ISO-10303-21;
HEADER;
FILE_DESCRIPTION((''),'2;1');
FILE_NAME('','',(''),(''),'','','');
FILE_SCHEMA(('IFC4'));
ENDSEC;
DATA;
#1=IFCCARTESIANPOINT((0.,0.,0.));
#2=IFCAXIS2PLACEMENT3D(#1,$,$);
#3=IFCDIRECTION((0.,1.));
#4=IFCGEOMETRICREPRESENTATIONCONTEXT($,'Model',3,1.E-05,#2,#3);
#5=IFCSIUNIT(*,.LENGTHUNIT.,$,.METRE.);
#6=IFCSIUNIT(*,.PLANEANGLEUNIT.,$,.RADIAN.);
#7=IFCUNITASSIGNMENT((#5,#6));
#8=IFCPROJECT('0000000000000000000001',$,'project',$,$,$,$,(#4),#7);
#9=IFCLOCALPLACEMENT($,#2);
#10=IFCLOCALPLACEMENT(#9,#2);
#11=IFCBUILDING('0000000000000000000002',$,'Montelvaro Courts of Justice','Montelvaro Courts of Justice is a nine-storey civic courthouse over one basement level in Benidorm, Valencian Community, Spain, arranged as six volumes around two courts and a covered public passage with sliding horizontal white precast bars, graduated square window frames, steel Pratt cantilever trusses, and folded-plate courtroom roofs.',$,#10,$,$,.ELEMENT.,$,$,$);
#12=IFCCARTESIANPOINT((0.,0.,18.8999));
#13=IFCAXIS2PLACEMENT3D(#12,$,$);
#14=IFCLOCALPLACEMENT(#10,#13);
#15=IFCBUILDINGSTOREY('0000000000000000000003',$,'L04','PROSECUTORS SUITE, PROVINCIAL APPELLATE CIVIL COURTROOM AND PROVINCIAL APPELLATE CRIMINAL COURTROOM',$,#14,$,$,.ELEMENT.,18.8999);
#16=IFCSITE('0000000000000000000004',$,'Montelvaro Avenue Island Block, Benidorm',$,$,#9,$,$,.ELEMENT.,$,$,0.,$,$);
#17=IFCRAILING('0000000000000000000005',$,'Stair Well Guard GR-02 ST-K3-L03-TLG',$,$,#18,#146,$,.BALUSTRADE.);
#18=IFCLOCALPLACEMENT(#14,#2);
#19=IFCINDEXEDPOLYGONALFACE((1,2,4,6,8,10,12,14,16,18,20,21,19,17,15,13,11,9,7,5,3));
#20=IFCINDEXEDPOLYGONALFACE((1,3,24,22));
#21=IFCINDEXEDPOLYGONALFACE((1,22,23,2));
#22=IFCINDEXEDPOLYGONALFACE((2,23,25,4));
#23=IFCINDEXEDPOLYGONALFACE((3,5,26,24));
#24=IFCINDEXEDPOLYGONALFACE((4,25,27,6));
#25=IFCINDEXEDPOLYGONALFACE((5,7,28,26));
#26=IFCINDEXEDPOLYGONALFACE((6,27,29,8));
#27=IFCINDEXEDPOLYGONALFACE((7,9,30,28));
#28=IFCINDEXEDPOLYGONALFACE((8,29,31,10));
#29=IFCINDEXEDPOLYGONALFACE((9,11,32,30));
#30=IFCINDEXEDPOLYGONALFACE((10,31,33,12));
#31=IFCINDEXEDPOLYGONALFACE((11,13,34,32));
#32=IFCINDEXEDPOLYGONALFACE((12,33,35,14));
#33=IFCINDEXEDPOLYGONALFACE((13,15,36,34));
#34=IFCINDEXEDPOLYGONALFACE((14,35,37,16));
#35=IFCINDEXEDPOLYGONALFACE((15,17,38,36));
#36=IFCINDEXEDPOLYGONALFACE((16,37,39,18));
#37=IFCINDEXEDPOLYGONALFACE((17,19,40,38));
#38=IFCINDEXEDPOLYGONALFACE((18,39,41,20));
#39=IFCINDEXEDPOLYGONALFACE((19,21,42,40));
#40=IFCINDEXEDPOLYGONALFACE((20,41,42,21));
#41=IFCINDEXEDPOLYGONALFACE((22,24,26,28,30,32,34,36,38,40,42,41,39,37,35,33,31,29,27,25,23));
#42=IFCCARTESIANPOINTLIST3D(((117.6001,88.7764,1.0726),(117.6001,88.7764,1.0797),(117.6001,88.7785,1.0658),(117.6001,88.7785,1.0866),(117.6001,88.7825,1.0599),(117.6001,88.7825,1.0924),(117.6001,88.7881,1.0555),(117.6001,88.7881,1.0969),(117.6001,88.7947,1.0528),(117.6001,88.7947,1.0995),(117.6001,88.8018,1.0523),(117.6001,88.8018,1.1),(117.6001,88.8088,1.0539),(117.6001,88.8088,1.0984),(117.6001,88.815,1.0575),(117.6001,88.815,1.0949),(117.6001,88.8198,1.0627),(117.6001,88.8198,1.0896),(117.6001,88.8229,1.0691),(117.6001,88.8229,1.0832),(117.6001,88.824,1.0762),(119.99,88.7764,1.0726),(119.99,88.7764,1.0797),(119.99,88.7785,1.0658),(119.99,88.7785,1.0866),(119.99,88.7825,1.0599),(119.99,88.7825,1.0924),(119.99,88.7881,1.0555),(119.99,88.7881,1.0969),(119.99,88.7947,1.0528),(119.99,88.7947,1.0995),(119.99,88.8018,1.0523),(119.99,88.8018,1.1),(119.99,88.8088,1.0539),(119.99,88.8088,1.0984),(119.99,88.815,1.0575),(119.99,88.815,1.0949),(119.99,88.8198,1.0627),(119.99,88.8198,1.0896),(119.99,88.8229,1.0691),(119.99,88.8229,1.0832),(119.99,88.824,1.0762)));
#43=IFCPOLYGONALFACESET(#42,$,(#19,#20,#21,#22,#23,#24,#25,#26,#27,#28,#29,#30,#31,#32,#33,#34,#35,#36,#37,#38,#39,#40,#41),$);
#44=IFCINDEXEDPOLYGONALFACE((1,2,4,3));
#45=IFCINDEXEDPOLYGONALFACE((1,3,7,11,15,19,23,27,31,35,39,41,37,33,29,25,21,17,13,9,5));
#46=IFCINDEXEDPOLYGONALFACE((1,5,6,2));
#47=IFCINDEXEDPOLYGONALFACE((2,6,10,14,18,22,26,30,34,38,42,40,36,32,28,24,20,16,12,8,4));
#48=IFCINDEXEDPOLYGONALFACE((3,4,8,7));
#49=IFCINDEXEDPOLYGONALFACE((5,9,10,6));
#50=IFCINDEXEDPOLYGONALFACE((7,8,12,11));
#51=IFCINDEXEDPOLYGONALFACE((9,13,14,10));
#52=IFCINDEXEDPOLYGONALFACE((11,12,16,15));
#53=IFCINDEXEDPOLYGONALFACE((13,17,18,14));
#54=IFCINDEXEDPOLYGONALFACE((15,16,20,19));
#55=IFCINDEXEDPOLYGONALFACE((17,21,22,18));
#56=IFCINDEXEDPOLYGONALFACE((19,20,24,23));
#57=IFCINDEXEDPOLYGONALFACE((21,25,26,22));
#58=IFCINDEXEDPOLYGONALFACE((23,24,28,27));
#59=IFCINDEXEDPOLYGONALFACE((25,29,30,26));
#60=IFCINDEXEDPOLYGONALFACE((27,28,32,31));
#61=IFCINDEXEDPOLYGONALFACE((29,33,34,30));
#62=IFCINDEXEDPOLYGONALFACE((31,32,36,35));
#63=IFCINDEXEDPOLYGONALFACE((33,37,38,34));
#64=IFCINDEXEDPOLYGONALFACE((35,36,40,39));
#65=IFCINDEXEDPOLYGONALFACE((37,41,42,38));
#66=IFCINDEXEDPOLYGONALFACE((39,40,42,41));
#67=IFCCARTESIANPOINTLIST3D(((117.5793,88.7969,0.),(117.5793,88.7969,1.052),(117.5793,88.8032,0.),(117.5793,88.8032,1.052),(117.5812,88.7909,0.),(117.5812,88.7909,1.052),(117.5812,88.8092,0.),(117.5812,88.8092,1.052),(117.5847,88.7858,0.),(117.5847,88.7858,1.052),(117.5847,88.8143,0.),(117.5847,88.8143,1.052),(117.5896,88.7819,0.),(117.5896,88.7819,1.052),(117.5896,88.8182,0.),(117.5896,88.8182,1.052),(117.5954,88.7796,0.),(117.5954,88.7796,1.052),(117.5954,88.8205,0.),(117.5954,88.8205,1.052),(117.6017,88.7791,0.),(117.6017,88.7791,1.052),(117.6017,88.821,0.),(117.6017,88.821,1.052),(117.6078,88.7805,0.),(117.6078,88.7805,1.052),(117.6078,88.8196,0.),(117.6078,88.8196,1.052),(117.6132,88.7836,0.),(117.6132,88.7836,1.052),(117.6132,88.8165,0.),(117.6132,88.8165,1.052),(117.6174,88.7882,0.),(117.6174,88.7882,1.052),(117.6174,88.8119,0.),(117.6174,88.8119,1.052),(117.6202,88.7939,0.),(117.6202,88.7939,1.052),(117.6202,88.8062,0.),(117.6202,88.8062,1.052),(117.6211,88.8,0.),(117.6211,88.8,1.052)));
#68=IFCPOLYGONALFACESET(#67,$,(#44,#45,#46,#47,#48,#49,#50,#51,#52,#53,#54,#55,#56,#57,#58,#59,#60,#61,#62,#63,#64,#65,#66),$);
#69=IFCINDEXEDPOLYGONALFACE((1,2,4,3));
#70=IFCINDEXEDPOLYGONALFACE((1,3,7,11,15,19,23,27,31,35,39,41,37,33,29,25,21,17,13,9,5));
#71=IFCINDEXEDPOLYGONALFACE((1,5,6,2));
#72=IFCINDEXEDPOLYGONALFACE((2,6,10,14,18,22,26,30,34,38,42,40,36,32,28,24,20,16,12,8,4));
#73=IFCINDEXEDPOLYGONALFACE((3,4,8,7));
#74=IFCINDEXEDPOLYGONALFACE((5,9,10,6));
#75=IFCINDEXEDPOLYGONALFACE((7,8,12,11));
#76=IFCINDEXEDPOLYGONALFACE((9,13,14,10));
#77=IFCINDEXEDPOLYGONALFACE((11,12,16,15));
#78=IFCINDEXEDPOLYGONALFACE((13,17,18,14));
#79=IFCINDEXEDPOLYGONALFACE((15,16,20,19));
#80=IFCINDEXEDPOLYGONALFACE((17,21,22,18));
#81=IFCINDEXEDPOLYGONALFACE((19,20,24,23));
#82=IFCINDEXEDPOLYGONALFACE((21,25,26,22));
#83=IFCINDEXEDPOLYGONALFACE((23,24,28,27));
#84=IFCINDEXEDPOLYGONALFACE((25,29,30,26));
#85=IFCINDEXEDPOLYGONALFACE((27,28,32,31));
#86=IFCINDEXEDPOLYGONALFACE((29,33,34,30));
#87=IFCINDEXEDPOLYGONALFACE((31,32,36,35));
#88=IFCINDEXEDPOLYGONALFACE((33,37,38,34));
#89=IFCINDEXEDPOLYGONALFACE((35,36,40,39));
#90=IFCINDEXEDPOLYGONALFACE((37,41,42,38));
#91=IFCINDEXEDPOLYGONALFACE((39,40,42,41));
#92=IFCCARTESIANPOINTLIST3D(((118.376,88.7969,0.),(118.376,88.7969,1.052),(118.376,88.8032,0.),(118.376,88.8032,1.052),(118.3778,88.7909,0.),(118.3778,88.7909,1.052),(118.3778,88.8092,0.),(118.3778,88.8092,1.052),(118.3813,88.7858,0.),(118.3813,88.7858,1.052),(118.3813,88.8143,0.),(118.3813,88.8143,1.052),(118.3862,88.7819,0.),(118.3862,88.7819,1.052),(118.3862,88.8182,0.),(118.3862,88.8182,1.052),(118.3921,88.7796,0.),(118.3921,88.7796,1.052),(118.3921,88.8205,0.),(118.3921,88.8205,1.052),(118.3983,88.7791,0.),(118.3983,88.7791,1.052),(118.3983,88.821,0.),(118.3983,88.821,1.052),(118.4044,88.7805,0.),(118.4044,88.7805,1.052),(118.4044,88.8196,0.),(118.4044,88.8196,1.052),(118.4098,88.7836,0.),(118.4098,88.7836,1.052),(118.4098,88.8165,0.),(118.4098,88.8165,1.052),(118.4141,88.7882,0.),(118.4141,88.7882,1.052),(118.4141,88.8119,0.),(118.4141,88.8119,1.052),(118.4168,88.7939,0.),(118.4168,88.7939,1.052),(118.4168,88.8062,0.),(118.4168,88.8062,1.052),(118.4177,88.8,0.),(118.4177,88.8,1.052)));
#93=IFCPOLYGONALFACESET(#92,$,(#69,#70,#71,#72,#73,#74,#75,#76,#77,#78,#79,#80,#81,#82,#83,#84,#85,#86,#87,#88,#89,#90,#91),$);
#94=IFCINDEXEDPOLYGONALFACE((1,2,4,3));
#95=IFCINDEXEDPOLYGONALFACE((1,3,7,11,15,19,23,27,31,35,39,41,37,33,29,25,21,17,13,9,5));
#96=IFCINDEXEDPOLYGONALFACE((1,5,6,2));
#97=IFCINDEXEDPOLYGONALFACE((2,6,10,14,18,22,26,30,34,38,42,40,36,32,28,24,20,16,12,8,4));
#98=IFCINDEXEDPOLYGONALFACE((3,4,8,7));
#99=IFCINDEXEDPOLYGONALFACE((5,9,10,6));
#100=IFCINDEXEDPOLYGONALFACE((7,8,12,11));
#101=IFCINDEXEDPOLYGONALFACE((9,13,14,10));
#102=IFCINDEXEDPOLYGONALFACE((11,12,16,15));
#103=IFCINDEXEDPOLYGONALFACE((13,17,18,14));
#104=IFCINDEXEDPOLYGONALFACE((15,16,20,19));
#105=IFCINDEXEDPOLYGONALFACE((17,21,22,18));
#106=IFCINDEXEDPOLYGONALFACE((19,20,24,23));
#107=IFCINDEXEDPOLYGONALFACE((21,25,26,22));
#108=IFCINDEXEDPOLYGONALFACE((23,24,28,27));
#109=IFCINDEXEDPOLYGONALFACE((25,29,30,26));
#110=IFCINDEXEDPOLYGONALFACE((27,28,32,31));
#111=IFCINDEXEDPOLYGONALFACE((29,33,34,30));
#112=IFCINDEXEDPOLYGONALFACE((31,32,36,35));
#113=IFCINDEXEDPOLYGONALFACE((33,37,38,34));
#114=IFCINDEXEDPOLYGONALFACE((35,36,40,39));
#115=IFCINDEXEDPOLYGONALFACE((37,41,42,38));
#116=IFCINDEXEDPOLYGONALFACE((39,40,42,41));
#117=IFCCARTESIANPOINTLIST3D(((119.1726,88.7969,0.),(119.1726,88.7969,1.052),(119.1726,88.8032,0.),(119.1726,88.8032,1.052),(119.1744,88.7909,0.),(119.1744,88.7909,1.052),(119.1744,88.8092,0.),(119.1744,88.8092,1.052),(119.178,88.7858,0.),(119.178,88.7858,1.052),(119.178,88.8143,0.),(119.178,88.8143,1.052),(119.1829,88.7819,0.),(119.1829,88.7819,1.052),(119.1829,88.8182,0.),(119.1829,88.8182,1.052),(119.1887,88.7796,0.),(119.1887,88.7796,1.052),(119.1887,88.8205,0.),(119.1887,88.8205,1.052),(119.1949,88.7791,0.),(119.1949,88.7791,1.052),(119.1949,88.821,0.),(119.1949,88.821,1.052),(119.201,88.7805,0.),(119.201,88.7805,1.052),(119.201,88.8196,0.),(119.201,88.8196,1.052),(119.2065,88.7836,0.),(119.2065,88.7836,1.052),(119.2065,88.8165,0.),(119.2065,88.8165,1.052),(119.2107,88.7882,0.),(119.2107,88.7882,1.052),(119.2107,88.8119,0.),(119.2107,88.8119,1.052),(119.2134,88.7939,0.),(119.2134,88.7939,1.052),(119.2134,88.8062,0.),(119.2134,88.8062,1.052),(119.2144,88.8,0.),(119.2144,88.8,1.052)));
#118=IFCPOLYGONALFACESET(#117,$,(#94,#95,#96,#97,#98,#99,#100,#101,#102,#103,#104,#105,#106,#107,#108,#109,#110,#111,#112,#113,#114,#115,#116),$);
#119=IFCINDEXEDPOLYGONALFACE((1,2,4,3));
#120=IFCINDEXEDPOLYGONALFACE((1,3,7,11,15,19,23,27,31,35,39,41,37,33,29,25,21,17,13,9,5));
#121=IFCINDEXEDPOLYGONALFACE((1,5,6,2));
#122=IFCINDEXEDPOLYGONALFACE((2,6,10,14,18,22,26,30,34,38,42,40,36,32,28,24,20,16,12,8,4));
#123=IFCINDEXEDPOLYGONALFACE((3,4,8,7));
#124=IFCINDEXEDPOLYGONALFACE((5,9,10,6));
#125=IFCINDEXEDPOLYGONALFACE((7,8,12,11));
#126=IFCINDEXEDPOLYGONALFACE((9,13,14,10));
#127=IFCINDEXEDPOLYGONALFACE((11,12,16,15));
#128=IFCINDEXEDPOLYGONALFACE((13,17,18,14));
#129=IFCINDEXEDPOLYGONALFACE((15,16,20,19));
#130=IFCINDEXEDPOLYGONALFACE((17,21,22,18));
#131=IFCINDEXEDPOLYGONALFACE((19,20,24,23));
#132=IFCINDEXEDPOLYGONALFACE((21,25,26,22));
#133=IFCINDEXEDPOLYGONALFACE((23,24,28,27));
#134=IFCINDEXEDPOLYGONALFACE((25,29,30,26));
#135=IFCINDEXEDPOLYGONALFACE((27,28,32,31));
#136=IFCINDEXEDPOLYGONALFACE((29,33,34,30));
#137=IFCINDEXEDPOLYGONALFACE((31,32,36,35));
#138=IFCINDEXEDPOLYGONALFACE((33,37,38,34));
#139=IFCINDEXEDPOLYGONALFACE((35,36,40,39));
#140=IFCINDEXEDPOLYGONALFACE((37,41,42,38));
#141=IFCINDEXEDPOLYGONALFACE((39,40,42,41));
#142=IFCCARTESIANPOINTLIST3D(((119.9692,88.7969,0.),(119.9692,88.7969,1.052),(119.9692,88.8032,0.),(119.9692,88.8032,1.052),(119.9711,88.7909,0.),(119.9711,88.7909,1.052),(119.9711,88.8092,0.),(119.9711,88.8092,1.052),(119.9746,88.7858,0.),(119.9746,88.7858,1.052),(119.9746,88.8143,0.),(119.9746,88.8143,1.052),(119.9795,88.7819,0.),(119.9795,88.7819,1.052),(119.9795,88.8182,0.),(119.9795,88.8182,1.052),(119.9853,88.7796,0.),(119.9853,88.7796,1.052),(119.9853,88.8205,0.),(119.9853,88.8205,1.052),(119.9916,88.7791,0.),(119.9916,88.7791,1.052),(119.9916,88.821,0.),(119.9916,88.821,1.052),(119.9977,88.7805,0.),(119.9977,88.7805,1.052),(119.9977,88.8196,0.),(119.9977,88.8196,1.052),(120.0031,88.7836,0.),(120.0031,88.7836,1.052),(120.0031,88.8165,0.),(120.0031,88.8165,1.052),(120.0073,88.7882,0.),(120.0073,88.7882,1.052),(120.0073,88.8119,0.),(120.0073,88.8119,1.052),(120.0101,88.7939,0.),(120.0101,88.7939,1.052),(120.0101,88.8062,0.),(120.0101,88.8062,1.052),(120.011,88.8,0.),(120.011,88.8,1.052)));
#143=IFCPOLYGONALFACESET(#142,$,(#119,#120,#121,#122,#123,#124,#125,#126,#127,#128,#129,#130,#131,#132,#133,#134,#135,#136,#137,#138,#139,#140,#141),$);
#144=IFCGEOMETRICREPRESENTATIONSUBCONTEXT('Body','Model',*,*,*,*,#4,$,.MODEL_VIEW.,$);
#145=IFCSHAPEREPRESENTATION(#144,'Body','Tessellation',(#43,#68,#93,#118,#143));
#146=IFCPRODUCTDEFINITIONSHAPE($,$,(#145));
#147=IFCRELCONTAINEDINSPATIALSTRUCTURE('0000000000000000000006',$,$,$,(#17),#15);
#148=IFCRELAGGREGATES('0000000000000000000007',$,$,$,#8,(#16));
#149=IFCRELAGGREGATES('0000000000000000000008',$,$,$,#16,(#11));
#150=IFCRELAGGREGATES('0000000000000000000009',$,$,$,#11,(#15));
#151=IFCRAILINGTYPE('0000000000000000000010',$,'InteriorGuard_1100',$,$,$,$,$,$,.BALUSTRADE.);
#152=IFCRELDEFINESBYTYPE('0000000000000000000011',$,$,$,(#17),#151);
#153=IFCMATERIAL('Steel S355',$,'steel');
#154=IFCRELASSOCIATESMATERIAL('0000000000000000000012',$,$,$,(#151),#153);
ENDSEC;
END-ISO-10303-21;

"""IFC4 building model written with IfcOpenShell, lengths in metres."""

from ifc_helpers import new_model, si_unit, direction, frame, origin, origin_2d, place, context, subcontext, project, spatial, circle, extrude, material, type_object, element, save


model = new_model("IFC4")

# Units and contexts
model_context = context("Model", 3, precision=1e-05, world=origin(), true_north=direction((0.0, 1.0)))
body_context = subcontext(model_context, "Body", "Model", "MODEL_VIEW")
ifc_project = project(units=[si_unit("LENGTHUNIT", "METRE"), si_unit("PLANEANGLEUNIT", "RADIAN")], contexts=[model_context])

# Site, building, storey
site_placement = place(None, origin())
site = spatial("IfcSite", under=ifc_project, at=site_placement, Name="Montelvaro Avenue Island Block, Benidorm", CompositionType="ELEMENT", RefElevation=0.0)
building_placement = place(site_placement, origin())
building = spatial("IfcBuilding", under=site, at=building_placement, Name="Montelvaro Courts of Justice", Description="Montelvaro Courts of Justice is a nine-storey civic courthouse over one basement level in Benidorm, Valencian Community, Spain, arranged as six volumes around two courts and a covered public passage with sliding horizontal white precast bars, graduated square window frames, steel Pratt cantilever trusses, and folded-plate courtroom roofs.", CompositionType="ELEMENT")
storey_placement = place(building_placement, frame((0.0, 0.0, 18.8999)))
storey = spatial("IfcBuildingStorey", under=building, at=storey_placement, Name="L04", Description="PROSECUTORS SUITE, PROVINCIAL APPELLATE CIVIL COURTROOM AND PROVINCIAL APPELLATE CRIMINAL COURTROOM", CompositionType="ELEMENT", Elevation=18.8999)

# Shared definitions
ifc_material_1 = material(Name="Steel S355", Category="steel")

# Railing
railing_type = type_object("IfcRailingType", Name="InteriorGuard_1100", PredefinedType="BALUSTRADE", material=ifc_material_1)
railing_placement = place(storey_placement, frame((117.6001, 88.8, 0.0)))
element("IfcRailing", 1, at=railing_placement, inside=storey, type_object=railing_type, Name="Stair Well Guard GR-02 ST-K3-L03-TLG", PredefinedType="BALUSTRADE", context=body_context, shape_type="SweptSolid", body=[
    extrude(circle(Radius=0.0239, at=origin_2d()), frame((0.0, 0.0, 1.0762), z_axis=(1.0, 0.0, 0.0), x_axis=(0.0, 1.0, 0.0)), (0.0, 0.0, 1.0), 2.3899),
    extrude(circle(Radius=0.021, at=origin_2d()), origin(), (0.0, 0.0, 1.0), 1.052),
    extrude(circle(Radius=0.021, at=origin_2d()), frame((0.7966, 0.0, 0.0)), (0.0, 0.0, 1.0), 1.052),
    extrude(circle(Radius=0.021, at=origin_2d()), frame((1.5933, 0.0, 0.0)), (0.0, 0.0, 1.0), 1.052),
    extrude(circle(Radius=0.021, at=origin_2d()), frame((2.3899, 0.0, 0.0)), (0.0, 0.0, 1.0), 1.052),
])

save(model, "model.ifc")
